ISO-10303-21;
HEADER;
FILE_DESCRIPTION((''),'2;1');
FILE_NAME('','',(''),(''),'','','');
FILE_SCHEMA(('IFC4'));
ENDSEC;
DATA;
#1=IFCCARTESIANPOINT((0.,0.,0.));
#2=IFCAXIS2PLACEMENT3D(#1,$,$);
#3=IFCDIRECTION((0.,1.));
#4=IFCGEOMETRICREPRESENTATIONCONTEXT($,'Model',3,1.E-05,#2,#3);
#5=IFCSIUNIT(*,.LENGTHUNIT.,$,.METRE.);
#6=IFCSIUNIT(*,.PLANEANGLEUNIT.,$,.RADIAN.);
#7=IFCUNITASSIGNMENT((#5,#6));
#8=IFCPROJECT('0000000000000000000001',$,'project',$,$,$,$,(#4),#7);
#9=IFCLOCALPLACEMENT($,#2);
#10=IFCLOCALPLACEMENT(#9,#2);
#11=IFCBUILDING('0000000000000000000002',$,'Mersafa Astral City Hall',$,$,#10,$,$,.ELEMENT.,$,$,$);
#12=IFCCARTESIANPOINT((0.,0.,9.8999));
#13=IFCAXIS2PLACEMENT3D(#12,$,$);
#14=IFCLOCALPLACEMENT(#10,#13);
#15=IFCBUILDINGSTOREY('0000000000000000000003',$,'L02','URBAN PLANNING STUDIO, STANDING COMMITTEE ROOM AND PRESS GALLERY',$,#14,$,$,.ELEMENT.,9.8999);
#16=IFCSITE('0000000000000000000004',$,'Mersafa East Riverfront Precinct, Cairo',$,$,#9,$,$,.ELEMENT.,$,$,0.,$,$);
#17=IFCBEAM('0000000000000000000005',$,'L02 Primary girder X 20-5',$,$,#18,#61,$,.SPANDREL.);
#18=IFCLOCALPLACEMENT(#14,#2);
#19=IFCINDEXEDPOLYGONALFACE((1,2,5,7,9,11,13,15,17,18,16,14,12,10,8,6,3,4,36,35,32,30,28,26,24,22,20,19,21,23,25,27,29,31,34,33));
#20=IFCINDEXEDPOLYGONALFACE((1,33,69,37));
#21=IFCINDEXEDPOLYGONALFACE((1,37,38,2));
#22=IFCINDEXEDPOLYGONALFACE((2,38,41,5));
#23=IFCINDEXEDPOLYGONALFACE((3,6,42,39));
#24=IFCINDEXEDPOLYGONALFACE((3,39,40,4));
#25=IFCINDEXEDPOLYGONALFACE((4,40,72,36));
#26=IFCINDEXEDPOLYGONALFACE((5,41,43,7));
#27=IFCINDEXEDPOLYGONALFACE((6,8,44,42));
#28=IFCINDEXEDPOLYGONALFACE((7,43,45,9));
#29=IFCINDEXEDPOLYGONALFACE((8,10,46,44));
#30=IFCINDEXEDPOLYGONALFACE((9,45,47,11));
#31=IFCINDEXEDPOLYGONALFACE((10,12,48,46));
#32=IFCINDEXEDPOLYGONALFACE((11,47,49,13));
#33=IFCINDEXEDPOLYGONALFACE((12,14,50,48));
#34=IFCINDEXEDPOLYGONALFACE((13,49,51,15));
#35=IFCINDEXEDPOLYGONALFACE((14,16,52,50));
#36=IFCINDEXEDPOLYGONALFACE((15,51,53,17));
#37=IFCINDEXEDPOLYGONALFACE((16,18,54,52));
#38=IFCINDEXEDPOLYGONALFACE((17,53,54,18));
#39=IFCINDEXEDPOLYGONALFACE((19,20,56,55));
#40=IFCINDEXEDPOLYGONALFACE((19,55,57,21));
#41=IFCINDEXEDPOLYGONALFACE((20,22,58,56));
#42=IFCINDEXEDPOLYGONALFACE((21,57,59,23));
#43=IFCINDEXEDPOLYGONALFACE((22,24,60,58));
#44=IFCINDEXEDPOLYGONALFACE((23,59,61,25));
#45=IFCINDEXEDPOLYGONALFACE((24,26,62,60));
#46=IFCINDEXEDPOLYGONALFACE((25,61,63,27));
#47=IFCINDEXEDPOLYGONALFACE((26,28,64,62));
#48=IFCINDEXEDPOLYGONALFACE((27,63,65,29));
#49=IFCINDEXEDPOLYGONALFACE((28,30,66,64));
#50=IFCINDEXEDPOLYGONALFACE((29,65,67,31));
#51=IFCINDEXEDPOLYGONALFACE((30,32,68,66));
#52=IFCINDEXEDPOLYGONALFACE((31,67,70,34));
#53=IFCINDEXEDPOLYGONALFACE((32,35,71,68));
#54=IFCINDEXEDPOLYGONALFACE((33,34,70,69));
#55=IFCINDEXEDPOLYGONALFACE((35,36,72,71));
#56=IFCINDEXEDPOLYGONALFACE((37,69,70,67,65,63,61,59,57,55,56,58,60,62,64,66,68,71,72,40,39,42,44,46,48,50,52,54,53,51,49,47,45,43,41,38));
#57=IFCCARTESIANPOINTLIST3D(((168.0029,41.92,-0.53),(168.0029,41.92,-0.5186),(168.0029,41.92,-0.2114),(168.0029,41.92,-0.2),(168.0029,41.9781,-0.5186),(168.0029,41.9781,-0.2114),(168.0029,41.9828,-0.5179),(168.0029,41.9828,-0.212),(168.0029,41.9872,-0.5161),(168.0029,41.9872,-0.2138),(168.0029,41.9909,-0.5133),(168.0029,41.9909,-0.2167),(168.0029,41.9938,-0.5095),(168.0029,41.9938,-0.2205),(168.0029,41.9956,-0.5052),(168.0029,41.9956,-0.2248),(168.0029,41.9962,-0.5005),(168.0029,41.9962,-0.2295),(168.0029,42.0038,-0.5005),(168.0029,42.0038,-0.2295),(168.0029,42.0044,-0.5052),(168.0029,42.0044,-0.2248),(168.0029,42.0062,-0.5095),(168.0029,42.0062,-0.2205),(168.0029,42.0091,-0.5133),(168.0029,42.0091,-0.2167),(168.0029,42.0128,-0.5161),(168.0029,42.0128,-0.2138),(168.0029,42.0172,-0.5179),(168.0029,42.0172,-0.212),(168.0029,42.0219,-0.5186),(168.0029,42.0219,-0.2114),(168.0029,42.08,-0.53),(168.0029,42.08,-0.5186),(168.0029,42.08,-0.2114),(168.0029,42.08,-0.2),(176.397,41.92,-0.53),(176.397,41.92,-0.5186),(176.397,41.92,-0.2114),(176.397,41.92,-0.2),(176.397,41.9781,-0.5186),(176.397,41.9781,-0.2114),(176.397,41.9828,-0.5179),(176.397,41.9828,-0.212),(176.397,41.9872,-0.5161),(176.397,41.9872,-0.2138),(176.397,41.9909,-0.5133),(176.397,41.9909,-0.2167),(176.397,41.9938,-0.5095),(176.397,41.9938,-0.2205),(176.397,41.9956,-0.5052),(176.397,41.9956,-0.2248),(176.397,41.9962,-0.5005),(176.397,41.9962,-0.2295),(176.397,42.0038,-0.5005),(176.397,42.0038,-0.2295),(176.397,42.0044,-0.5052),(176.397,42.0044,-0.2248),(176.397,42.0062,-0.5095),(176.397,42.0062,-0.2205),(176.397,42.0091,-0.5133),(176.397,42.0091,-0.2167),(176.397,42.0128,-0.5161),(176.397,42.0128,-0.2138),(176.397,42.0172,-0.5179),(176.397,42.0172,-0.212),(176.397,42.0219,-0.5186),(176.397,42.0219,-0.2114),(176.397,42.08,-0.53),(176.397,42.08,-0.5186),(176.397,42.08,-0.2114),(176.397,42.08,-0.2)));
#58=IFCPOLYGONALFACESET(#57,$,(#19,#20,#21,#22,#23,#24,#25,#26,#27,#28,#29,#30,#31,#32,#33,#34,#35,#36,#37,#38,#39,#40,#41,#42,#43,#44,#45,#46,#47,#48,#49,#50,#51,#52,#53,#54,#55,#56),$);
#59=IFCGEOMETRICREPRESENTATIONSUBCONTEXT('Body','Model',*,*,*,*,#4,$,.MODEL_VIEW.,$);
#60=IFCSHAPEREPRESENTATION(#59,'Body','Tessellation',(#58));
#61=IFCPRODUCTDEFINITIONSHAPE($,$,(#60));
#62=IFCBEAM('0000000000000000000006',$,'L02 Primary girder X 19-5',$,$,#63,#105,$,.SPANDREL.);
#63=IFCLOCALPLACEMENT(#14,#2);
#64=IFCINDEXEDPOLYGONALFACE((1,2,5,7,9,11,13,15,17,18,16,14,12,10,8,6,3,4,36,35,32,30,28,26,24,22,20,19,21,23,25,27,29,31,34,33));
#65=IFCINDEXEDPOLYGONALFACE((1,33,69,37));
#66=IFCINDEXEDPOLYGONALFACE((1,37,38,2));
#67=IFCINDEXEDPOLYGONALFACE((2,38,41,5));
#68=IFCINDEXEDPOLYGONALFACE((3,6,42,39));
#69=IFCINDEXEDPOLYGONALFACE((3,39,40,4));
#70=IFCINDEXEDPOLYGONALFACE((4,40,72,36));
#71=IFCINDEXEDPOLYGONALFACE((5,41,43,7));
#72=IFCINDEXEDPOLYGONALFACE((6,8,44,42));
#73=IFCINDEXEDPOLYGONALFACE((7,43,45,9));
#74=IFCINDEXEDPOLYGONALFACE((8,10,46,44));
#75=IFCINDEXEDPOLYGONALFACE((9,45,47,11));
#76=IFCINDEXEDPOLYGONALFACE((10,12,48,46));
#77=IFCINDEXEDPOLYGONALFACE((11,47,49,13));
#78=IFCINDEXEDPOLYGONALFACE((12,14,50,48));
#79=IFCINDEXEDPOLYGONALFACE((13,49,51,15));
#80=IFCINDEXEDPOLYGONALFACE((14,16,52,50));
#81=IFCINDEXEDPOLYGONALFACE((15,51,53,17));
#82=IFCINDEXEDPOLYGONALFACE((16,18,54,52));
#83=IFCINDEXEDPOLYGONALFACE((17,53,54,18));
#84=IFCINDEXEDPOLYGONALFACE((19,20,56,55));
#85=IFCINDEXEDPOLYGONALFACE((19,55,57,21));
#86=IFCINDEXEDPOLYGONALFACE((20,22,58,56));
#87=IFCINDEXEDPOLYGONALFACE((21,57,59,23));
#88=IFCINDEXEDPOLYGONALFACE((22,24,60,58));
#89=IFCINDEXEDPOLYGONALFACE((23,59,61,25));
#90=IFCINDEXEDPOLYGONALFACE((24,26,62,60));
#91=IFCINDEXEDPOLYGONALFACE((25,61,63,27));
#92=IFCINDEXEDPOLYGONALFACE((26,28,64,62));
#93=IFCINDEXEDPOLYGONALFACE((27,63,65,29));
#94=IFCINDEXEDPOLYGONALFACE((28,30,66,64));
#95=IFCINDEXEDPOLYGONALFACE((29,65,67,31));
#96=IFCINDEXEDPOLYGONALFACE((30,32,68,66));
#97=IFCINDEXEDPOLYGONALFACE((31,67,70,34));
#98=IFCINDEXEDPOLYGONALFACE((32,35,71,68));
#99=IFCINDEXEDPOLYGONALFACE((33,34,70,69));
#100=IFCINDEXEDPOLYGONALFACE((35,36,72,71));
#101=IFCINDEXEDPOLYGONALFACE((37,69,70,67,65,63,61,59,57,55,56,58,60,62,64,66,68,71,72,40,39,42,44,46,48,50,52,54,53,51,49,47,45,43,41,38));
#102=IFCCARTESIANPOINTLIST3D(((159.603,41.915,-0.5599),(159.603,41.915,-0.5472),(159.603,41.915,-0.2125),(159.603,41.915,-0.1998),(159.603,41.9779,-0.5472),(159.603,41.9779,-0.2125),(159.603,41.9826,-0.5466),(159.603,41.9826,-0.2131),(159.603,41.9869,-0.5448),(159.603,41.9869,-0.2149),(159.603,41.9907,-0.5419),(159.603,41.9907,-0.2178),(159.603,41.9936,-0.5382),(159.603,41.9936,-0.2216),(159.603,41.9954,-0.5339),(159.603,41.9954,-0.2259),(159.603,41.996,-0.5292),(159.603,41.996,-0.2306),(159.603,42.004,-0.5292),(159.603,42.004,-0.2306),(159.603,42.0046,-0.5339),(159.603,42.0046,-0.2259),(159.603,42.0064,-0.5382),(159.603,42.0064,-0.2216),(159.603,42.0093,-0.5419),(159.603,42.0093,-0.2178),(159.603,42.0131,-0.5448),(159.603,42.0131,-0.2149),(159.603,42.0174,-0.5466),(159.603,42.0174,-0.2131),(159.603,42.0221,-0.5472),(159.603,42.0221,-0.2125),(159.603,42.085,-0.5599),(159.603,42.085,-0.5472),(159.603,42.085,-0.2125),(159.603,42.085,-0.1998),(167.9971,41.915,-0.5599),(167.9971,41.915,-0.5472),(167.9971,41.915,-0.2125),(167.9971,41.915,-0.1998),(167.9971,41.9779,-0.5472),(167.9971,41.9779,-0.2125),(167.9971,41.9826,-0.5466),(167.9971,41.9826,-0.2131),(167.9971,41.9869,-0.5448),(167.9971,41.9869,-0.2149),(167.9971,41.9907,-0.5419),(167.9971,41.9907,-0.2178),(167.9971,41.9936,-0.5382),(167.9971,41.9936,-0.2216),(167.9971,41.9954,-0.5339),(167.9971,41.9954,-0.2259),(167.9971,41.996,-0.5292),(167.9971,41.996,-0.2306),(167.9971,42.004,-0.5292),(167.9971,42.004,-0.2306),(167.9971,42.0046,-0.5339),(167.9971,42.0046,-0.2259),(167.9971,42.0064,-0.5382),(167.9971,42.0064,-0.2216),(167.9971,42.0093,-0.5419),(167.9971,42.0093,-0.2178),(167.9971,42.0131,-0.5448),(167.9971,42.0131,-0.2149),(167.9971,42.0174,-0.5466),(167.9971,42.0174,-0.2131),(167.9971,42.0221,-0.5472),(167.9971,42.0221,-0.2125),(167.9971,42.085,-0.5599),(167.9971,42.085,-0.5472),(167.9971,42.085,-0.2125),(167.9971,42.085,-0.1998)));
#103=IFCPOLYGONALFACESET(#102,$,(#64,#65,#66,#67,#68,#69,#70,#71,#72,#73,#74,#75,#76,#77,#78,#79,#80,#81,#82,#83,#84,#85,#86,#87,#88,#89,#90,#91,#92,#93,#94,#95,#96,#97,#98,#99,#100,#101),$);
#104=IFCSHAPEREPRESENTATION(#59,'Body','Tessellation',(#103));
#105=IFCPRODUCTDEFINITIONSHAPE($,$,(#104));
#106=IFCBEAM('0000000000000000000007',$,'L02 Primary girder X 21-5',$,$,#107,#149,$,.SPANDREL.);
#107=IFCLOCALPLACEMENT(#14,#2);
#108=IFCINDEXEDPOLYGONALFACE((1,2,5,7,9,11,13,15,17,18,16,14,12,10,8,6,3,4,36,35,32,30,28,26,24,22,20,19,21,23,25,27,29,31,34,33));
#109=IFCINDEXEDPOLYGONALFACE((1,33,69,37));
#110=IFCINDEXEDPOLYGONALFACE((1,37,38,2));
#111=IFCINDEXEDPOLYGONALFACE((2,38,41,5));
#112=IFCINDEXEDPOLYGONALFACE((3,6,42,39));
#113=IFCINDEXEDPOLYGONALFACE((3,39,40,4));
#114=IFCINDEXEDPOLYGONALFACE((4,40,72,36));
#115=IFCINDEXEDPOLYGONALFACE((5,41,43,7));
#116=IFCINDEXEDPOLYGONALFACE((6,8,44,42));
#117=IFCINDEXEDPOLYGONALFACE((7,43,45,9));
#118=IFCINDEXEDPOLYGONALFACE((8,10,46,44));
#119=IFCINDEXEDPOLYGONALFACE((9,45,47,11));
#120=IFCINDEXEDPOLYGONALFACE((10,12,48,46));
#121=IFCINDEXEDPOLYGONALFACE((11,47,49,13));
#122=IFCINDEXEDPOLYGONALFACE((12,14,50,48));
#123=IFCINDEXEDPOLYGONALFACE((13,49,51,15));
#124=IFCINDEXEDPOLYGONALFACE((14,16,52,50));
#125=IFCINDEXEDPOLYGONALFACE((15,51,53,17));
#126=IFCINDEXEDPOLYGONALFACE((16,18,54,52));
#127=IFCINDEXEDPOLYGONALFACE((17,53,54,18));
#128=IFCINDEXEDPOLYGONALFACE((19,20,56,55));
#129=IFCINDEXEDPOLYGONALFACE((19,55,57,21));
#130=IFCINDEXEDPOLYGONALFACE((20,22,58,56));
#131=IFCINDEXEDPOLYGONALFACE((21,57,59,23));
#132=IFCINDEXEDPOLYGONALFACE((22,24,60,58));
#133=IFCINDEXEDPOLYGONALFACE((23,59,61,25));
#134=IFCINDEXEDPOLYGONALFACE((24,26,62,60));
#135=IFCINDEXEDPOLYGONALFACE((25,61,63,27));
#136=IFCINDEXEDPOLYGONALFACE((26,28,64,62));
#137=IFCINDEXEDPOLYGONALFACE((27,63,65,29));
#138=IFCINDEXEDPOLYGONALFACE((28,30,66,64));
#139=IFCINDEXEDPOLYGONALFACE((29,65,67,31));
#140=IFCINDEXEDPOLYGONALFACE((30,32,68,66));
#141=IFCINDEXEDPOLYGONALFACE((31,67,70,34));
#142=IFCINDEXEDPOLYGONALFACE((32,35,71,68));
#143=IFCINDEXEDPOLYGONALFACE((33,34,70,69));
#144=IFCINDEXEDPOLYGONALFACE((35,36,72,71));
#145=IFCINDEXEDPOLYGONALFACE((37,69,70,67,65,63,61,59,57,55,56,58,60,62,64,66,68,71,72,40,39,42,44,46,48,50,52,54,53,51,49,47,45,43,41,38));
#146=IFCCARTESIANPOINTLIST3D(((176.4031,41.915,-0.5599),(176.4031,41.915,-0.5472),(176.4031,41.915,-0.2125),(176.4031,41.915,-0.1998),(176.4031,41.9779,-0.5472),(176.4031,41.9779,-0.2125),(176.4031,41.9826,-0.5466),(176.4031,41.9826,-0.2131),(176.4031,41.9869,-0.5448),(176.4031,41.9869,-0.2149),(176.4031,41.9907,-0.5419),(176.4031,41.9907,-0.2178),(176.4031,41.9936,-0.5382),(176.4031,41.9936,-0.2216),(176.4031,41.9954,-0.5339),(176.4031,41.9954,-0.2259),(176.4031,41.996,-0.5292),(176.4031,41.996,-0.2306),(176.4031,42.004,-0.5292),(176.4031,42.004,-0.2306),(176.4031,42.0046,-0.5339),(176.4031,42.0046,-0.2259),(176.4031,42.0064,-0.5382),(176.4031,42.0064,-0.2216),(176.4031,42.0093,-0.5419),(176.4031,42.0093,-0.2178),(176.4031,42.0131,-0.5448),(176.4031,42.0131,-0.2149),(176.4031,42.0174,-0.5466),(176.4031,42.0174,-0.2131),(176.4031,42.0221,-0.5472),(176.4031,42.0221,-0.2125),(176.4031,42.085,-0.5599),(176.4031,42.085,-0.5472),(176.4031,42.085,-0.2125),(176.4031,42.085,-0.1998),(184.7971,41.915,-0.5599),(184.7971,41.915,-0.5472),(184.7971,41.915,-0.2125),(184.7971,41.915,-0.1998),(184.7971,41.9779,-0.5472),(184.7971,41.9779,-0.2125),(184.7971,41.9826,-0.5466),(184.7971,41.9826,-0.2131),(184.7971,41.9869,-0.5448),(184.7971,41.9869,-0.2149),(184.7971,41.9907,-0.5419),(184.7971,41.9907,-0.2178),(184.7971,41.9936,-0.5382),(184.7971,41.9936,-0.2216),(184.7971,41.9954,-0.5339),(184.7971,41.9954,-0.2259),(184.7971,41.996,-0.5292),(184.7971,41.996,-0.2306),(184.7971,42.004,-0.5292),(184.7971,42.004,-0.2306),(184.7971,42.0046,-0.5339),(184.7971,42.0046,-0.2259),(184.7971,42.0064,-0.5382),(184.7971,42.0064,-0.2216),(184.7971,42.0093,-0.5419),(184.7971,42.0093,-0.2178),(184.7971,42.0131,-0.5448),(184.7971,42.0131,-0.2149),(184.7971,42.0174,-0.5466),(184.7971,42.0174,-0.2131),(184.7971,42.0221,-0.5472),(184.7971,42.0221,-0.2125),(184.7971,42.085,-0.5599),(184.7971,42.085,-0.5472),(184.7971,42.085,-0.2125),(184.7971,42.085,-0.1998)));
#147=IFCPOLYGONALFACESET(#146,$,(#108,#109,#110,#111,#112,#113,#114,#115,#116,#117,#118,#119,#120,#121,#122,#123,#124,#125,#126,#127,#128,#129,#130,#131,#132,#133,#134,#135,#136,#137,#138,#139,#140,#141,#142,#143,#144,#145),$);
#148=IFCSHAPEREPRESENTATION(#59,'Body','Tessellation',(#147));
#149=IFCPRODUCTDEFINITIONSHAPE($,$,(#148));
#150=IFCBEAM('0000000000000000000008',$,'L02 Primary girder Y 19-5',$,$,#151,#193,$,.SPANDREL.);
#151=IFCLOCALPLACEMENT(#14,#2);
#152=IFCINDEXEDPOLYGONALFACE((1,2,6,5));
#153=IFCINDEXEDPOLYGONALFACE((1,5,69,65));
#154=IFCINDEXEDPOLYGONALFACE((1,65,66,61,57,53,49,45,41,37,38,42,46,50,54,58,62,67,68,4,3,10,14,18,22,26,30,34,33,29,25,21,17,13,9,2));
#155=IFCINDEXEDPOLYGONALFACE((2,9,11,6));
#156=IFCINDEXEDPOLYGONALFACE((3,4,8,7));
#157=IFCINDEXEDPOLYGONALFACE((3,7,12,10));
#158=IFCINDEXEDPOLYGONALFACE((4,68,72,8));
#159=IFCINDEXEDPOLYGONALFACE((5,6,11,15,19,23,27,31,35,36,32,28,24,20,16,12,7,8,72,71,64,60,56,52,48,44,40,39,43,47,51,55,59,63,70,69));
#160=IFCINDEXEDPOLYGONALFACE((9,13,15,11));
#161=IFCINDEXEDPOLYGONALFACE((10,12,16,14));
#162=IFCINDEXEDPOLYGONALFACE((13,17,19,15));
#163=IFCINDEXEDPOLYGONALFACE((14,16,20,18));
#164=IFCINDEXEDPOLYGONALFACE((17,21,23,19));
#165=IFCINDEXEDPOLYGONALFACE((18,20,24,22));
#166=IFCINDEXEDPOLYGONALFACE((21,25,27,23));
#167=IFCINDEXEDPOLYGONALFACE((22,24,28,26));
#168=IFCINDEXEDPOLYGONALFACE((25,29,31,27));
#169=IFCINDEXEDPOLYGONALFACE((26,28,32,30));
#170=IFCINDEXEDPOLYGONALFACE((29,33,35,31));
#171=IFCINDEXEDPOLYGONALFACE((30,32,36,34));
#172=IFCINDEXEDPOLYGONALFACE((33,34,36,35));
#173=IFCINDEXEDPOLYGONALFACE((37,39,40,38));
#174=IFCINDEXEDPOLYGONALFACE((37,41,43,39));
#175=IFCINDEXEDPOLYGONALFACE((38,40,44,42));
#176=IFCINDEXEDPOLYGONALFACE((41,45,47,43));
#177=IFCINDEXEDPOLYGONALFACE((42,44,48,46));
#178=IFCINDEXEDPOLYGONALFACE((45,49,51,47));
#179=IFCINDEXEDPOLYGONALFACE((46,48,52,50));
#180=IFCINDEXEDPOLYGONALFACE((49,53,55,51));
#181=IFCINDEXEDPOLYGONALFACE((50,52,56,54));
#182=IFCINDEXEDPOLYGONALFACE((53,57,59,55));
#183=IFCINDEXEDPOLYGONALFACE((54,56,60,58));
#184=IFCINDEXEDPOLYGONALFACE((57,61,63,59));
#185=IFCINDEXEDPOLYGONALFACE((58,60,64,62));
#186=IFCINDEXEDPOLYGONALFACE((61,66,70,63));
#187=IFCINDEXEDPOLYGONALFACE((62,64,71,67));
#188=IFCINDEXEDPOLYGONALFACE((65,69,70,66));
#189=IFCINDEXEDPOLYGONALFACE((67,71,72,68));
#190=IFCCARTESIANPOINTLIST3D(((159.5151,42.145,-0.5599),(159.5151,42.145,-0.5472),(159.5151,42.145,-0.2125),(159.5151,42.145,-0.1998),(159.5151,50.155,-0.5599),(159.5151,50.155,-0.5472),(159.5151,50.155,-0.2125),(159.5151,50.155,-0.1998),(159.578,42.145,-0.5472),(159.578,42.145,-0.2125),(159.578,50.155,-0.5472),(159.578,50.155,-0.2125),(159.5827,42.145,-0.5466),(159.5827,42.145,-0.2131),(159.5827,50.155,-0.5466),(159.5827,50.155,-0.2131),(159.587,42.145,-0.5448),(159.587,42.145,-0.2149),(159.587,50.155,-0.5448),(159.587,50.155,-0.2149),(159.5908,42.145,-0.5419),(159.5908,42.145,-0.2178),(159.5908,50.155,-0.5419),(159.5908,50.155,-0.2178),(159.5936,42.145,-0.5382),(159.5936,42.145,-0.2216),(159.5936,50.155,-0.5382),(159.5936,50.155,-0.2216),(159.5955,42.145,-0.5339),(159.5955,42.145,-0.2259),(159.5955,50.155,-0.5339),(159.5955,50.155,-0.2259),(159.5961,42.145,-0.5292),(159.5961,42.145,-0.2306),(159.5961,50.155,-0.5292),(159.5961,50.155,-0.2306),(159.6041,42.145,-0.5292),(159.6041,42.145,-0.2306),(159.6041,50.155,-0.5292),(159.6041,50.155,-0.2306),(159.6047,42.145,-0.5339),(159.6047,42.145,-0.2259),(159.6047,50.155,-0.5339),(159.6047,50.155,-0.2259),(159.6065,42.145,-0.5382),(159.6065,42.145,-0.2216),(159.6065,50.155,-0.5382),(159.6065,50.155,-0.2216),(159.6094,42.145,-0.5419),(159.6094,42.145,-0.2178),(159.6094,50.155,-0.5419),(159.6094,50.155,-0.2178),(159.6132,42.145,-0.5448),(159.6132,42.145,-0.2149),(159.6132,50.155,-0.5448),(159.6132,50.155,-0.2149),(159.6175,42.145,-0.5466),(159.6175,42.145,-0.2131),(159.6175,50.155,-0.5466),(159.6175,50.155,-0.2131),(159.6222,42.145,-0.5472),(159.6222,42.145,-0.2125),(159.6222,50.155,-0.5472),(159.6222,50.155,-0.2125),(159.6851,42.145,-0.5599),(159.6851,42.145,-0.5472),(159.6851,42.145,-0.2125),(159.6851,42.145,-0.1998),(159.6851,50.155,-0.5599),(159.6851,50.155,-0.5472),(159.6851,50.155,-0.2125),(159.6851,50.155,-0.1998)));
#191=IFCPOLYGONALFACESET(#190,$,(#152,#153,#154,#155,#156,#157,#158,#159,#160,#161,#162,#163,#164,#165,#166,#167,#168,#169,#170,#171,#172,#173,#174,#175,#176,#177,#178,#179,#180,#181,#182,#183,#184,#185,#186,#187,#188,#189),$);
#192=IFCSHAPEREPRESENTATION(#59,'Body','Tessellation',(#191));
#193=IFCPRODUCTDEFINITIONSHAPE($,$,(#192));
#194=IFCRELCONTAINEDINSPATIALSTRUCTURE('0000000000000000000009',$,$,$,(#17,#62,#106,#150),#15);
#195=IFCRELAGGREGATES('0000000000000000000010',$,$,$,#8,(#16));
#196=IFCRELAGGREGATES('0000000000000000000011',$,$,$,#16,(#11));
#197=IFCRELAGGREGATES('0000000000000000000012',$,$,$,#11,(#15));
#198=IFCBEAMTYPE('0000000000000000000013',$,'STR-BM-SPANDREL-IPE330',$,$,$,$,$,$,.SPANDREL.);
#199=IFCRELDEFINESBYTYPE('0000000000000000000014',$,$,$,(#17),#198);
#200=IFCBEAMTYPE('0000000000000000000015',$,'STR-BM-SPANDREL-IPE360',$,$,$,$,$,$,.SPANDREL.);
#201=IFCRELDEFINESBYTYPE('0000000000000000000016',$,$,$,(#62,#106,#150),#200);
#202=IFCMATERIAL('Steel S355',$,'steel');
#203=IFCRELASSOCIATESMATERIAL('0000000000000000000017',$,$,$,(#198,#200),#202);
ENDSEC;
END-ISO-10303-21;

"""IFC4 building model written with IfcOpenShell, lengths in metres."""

from ifc_helpers import new_model, si_unit, direction, frame, origin, origin_2d, place, context, subcontext, project, spatial, i_section, extrude, material, material_profile, profile_set, type_object, element, save


model = new_model("IFC4")

# Units and contexts
model_context = context("Model", 3, precision=1e-05, world=origin(), true_north=direction((0.0, 1.0)))
body_context = subcontext(model_context, "Body", "Model", "MODEL_VIEW")
ifc_project = project(units=[si_unit("LENGTHUNIT", "METRE"), si_unit("PLANEANGLEUNIT", "RADIAN")], contexts=[model_context])

# Site, building, storey
site_placement = place(None, origin())
site = spatial("IfcSite", under=ifc_project, at=site_placement, Name="Mersafa East Riverfront Precinct, Cairo", CompositionType="ELEMENT", RefElevation=0.0)
building_placement = place(site_placement, origin())
building = spatial("IfcBuilding", under=site, at=building_placement, Name="Mersafa Astral City Hall", CompositionType="ELEMENT")
storey_placement = place(building_placement, frame((0.0, 0.0, 9.8999)))
storey = spatial("IfcBuildingStorey", under=building, at=storey_placement, Name="L02", Description="URBAN PLANNING STUDIO, STANDING COMMITTEE ROOM AND PRESS GALLERY", CompositionType="ELEMENT", Elevation=9.8999)

# Beams
ifc_material_1 = material(Name="Steel S355", Category="steel")
ifc_material_profile_1 = material_profile(ifc_material_1, i_section(OverallWidth=0.1599, OverallDepth=0.3301, WebThickness=0.0076, FlangeThickness=0.0115, FilletRadius=0.0181, at=origin_2d()), Name="IPE 330")
ifc_profile_set_1 = profile_set([ifc_material_profile_1], Name="Steel S355")
beam_type_1 = type_object("IfcBeamType", Name="STR-BM-SPANDREL-IPE330", PredefinedType="SPANDREL", material=ifc_profile_set_1)
beam_1_placement = place(storey_placement, frame((168.0029, 42.0, -0.365), z_axis=(1.0, 0.0, 0.0), x_axis=(0.0, 1.0, 0.0)))
element("IfcBeam", 1, at=beam_1_placement, inside=storey, type_object=beam_type_1, Name="L02 Primary girder X 20-5", PredefinedType="SPANDREL", context=body_context, shape_type="SweptSolid", body=[
    extrude(i_section(OverallWidth=0.1599, OverallDepth=0.3301, WebThickness=0.0076, FlangeThickness=0.0115, FilletRadius=0.0181, at=origin_2d()), origin(), (0.0, 0.0, 1.0), 8.394),
])
ifc_material_profile_2 = material_profile(ifc_material_1, i_section(OverallWidth=0.1699, OverallDepth=0.3601, WebThickness=0.0081, FlangeThickness=0.0127, FilletRadius=0.0181, at=origin_2d()), Name="IPE 360")
ifc_profile_set_2 = profile_set([ifc_material_profile_2], Name="Steel S355")
beam_type_2 = type_object("IfcBeamType", Name="STR-BM-SPANDREL-IPE360", PredefinedType="SPANDREL", material=ifc_profile_set_2)
for number, where, z_axis, x_axis, name in (
    (2, (159.603, 42.0, -0.3799), (1.0, 0.0, 0.0), (0.0, 1.0, 0.0), "L02 Primary girder X 19-5"),
    (3, (176.4031, 42.0, -0.3799), (1.0, 0.0, 0.0), (0.0, 1.0, 0.0), "L02 Primary girder X 21-5"),
):
    element("IfcBeam", number, at=place(storey_placement, frame(where, z_axis=z_axis, x_axis=x_axis)), inside=storey, type_object=beam_type_2, Name=name, PredefinedType="SPANDREL", context=body_context, shape_type="SweptSolid", body=[
        extrude(i_section(OverallWidth=0.1699, OverallDepth=0.3601, WebThickness=0.0081, FlangeThickness=0.0127, FilletRadius=0.0181, at=origin_2d()), origin(), (0.0, 0.0, 1.0), 8.394),
    ])
for number, where, z_axis, x_axis, name in (
    (4, (159.6001, 42.145, -0.3799), (0.0, 1.0, 0.0), (-1.0, 0.0, 0.0), "L02 Primary girder Y 19-5"),
):
    element("IfcBeam", number, at=place(storey_placement, frame(where, z_axis=z_axis, x_axis=x_axis)), inside=storey, type_object=beam_type_2, Name=name, PredefinedType="SPANDREL", context=body_context, shape_type="SweptSolid", body=[
        extrude(i_section(OverallWidth=0.1699, OverallDepth=0.3601, WebThickness=0.0081, FlangeThickness=0.0127, FilletRadius=0.0181, at=origin_2d()), origin(), (0.0, 0.0, 1.0), 8.01),
    ])

save(model, "model.ifc")
